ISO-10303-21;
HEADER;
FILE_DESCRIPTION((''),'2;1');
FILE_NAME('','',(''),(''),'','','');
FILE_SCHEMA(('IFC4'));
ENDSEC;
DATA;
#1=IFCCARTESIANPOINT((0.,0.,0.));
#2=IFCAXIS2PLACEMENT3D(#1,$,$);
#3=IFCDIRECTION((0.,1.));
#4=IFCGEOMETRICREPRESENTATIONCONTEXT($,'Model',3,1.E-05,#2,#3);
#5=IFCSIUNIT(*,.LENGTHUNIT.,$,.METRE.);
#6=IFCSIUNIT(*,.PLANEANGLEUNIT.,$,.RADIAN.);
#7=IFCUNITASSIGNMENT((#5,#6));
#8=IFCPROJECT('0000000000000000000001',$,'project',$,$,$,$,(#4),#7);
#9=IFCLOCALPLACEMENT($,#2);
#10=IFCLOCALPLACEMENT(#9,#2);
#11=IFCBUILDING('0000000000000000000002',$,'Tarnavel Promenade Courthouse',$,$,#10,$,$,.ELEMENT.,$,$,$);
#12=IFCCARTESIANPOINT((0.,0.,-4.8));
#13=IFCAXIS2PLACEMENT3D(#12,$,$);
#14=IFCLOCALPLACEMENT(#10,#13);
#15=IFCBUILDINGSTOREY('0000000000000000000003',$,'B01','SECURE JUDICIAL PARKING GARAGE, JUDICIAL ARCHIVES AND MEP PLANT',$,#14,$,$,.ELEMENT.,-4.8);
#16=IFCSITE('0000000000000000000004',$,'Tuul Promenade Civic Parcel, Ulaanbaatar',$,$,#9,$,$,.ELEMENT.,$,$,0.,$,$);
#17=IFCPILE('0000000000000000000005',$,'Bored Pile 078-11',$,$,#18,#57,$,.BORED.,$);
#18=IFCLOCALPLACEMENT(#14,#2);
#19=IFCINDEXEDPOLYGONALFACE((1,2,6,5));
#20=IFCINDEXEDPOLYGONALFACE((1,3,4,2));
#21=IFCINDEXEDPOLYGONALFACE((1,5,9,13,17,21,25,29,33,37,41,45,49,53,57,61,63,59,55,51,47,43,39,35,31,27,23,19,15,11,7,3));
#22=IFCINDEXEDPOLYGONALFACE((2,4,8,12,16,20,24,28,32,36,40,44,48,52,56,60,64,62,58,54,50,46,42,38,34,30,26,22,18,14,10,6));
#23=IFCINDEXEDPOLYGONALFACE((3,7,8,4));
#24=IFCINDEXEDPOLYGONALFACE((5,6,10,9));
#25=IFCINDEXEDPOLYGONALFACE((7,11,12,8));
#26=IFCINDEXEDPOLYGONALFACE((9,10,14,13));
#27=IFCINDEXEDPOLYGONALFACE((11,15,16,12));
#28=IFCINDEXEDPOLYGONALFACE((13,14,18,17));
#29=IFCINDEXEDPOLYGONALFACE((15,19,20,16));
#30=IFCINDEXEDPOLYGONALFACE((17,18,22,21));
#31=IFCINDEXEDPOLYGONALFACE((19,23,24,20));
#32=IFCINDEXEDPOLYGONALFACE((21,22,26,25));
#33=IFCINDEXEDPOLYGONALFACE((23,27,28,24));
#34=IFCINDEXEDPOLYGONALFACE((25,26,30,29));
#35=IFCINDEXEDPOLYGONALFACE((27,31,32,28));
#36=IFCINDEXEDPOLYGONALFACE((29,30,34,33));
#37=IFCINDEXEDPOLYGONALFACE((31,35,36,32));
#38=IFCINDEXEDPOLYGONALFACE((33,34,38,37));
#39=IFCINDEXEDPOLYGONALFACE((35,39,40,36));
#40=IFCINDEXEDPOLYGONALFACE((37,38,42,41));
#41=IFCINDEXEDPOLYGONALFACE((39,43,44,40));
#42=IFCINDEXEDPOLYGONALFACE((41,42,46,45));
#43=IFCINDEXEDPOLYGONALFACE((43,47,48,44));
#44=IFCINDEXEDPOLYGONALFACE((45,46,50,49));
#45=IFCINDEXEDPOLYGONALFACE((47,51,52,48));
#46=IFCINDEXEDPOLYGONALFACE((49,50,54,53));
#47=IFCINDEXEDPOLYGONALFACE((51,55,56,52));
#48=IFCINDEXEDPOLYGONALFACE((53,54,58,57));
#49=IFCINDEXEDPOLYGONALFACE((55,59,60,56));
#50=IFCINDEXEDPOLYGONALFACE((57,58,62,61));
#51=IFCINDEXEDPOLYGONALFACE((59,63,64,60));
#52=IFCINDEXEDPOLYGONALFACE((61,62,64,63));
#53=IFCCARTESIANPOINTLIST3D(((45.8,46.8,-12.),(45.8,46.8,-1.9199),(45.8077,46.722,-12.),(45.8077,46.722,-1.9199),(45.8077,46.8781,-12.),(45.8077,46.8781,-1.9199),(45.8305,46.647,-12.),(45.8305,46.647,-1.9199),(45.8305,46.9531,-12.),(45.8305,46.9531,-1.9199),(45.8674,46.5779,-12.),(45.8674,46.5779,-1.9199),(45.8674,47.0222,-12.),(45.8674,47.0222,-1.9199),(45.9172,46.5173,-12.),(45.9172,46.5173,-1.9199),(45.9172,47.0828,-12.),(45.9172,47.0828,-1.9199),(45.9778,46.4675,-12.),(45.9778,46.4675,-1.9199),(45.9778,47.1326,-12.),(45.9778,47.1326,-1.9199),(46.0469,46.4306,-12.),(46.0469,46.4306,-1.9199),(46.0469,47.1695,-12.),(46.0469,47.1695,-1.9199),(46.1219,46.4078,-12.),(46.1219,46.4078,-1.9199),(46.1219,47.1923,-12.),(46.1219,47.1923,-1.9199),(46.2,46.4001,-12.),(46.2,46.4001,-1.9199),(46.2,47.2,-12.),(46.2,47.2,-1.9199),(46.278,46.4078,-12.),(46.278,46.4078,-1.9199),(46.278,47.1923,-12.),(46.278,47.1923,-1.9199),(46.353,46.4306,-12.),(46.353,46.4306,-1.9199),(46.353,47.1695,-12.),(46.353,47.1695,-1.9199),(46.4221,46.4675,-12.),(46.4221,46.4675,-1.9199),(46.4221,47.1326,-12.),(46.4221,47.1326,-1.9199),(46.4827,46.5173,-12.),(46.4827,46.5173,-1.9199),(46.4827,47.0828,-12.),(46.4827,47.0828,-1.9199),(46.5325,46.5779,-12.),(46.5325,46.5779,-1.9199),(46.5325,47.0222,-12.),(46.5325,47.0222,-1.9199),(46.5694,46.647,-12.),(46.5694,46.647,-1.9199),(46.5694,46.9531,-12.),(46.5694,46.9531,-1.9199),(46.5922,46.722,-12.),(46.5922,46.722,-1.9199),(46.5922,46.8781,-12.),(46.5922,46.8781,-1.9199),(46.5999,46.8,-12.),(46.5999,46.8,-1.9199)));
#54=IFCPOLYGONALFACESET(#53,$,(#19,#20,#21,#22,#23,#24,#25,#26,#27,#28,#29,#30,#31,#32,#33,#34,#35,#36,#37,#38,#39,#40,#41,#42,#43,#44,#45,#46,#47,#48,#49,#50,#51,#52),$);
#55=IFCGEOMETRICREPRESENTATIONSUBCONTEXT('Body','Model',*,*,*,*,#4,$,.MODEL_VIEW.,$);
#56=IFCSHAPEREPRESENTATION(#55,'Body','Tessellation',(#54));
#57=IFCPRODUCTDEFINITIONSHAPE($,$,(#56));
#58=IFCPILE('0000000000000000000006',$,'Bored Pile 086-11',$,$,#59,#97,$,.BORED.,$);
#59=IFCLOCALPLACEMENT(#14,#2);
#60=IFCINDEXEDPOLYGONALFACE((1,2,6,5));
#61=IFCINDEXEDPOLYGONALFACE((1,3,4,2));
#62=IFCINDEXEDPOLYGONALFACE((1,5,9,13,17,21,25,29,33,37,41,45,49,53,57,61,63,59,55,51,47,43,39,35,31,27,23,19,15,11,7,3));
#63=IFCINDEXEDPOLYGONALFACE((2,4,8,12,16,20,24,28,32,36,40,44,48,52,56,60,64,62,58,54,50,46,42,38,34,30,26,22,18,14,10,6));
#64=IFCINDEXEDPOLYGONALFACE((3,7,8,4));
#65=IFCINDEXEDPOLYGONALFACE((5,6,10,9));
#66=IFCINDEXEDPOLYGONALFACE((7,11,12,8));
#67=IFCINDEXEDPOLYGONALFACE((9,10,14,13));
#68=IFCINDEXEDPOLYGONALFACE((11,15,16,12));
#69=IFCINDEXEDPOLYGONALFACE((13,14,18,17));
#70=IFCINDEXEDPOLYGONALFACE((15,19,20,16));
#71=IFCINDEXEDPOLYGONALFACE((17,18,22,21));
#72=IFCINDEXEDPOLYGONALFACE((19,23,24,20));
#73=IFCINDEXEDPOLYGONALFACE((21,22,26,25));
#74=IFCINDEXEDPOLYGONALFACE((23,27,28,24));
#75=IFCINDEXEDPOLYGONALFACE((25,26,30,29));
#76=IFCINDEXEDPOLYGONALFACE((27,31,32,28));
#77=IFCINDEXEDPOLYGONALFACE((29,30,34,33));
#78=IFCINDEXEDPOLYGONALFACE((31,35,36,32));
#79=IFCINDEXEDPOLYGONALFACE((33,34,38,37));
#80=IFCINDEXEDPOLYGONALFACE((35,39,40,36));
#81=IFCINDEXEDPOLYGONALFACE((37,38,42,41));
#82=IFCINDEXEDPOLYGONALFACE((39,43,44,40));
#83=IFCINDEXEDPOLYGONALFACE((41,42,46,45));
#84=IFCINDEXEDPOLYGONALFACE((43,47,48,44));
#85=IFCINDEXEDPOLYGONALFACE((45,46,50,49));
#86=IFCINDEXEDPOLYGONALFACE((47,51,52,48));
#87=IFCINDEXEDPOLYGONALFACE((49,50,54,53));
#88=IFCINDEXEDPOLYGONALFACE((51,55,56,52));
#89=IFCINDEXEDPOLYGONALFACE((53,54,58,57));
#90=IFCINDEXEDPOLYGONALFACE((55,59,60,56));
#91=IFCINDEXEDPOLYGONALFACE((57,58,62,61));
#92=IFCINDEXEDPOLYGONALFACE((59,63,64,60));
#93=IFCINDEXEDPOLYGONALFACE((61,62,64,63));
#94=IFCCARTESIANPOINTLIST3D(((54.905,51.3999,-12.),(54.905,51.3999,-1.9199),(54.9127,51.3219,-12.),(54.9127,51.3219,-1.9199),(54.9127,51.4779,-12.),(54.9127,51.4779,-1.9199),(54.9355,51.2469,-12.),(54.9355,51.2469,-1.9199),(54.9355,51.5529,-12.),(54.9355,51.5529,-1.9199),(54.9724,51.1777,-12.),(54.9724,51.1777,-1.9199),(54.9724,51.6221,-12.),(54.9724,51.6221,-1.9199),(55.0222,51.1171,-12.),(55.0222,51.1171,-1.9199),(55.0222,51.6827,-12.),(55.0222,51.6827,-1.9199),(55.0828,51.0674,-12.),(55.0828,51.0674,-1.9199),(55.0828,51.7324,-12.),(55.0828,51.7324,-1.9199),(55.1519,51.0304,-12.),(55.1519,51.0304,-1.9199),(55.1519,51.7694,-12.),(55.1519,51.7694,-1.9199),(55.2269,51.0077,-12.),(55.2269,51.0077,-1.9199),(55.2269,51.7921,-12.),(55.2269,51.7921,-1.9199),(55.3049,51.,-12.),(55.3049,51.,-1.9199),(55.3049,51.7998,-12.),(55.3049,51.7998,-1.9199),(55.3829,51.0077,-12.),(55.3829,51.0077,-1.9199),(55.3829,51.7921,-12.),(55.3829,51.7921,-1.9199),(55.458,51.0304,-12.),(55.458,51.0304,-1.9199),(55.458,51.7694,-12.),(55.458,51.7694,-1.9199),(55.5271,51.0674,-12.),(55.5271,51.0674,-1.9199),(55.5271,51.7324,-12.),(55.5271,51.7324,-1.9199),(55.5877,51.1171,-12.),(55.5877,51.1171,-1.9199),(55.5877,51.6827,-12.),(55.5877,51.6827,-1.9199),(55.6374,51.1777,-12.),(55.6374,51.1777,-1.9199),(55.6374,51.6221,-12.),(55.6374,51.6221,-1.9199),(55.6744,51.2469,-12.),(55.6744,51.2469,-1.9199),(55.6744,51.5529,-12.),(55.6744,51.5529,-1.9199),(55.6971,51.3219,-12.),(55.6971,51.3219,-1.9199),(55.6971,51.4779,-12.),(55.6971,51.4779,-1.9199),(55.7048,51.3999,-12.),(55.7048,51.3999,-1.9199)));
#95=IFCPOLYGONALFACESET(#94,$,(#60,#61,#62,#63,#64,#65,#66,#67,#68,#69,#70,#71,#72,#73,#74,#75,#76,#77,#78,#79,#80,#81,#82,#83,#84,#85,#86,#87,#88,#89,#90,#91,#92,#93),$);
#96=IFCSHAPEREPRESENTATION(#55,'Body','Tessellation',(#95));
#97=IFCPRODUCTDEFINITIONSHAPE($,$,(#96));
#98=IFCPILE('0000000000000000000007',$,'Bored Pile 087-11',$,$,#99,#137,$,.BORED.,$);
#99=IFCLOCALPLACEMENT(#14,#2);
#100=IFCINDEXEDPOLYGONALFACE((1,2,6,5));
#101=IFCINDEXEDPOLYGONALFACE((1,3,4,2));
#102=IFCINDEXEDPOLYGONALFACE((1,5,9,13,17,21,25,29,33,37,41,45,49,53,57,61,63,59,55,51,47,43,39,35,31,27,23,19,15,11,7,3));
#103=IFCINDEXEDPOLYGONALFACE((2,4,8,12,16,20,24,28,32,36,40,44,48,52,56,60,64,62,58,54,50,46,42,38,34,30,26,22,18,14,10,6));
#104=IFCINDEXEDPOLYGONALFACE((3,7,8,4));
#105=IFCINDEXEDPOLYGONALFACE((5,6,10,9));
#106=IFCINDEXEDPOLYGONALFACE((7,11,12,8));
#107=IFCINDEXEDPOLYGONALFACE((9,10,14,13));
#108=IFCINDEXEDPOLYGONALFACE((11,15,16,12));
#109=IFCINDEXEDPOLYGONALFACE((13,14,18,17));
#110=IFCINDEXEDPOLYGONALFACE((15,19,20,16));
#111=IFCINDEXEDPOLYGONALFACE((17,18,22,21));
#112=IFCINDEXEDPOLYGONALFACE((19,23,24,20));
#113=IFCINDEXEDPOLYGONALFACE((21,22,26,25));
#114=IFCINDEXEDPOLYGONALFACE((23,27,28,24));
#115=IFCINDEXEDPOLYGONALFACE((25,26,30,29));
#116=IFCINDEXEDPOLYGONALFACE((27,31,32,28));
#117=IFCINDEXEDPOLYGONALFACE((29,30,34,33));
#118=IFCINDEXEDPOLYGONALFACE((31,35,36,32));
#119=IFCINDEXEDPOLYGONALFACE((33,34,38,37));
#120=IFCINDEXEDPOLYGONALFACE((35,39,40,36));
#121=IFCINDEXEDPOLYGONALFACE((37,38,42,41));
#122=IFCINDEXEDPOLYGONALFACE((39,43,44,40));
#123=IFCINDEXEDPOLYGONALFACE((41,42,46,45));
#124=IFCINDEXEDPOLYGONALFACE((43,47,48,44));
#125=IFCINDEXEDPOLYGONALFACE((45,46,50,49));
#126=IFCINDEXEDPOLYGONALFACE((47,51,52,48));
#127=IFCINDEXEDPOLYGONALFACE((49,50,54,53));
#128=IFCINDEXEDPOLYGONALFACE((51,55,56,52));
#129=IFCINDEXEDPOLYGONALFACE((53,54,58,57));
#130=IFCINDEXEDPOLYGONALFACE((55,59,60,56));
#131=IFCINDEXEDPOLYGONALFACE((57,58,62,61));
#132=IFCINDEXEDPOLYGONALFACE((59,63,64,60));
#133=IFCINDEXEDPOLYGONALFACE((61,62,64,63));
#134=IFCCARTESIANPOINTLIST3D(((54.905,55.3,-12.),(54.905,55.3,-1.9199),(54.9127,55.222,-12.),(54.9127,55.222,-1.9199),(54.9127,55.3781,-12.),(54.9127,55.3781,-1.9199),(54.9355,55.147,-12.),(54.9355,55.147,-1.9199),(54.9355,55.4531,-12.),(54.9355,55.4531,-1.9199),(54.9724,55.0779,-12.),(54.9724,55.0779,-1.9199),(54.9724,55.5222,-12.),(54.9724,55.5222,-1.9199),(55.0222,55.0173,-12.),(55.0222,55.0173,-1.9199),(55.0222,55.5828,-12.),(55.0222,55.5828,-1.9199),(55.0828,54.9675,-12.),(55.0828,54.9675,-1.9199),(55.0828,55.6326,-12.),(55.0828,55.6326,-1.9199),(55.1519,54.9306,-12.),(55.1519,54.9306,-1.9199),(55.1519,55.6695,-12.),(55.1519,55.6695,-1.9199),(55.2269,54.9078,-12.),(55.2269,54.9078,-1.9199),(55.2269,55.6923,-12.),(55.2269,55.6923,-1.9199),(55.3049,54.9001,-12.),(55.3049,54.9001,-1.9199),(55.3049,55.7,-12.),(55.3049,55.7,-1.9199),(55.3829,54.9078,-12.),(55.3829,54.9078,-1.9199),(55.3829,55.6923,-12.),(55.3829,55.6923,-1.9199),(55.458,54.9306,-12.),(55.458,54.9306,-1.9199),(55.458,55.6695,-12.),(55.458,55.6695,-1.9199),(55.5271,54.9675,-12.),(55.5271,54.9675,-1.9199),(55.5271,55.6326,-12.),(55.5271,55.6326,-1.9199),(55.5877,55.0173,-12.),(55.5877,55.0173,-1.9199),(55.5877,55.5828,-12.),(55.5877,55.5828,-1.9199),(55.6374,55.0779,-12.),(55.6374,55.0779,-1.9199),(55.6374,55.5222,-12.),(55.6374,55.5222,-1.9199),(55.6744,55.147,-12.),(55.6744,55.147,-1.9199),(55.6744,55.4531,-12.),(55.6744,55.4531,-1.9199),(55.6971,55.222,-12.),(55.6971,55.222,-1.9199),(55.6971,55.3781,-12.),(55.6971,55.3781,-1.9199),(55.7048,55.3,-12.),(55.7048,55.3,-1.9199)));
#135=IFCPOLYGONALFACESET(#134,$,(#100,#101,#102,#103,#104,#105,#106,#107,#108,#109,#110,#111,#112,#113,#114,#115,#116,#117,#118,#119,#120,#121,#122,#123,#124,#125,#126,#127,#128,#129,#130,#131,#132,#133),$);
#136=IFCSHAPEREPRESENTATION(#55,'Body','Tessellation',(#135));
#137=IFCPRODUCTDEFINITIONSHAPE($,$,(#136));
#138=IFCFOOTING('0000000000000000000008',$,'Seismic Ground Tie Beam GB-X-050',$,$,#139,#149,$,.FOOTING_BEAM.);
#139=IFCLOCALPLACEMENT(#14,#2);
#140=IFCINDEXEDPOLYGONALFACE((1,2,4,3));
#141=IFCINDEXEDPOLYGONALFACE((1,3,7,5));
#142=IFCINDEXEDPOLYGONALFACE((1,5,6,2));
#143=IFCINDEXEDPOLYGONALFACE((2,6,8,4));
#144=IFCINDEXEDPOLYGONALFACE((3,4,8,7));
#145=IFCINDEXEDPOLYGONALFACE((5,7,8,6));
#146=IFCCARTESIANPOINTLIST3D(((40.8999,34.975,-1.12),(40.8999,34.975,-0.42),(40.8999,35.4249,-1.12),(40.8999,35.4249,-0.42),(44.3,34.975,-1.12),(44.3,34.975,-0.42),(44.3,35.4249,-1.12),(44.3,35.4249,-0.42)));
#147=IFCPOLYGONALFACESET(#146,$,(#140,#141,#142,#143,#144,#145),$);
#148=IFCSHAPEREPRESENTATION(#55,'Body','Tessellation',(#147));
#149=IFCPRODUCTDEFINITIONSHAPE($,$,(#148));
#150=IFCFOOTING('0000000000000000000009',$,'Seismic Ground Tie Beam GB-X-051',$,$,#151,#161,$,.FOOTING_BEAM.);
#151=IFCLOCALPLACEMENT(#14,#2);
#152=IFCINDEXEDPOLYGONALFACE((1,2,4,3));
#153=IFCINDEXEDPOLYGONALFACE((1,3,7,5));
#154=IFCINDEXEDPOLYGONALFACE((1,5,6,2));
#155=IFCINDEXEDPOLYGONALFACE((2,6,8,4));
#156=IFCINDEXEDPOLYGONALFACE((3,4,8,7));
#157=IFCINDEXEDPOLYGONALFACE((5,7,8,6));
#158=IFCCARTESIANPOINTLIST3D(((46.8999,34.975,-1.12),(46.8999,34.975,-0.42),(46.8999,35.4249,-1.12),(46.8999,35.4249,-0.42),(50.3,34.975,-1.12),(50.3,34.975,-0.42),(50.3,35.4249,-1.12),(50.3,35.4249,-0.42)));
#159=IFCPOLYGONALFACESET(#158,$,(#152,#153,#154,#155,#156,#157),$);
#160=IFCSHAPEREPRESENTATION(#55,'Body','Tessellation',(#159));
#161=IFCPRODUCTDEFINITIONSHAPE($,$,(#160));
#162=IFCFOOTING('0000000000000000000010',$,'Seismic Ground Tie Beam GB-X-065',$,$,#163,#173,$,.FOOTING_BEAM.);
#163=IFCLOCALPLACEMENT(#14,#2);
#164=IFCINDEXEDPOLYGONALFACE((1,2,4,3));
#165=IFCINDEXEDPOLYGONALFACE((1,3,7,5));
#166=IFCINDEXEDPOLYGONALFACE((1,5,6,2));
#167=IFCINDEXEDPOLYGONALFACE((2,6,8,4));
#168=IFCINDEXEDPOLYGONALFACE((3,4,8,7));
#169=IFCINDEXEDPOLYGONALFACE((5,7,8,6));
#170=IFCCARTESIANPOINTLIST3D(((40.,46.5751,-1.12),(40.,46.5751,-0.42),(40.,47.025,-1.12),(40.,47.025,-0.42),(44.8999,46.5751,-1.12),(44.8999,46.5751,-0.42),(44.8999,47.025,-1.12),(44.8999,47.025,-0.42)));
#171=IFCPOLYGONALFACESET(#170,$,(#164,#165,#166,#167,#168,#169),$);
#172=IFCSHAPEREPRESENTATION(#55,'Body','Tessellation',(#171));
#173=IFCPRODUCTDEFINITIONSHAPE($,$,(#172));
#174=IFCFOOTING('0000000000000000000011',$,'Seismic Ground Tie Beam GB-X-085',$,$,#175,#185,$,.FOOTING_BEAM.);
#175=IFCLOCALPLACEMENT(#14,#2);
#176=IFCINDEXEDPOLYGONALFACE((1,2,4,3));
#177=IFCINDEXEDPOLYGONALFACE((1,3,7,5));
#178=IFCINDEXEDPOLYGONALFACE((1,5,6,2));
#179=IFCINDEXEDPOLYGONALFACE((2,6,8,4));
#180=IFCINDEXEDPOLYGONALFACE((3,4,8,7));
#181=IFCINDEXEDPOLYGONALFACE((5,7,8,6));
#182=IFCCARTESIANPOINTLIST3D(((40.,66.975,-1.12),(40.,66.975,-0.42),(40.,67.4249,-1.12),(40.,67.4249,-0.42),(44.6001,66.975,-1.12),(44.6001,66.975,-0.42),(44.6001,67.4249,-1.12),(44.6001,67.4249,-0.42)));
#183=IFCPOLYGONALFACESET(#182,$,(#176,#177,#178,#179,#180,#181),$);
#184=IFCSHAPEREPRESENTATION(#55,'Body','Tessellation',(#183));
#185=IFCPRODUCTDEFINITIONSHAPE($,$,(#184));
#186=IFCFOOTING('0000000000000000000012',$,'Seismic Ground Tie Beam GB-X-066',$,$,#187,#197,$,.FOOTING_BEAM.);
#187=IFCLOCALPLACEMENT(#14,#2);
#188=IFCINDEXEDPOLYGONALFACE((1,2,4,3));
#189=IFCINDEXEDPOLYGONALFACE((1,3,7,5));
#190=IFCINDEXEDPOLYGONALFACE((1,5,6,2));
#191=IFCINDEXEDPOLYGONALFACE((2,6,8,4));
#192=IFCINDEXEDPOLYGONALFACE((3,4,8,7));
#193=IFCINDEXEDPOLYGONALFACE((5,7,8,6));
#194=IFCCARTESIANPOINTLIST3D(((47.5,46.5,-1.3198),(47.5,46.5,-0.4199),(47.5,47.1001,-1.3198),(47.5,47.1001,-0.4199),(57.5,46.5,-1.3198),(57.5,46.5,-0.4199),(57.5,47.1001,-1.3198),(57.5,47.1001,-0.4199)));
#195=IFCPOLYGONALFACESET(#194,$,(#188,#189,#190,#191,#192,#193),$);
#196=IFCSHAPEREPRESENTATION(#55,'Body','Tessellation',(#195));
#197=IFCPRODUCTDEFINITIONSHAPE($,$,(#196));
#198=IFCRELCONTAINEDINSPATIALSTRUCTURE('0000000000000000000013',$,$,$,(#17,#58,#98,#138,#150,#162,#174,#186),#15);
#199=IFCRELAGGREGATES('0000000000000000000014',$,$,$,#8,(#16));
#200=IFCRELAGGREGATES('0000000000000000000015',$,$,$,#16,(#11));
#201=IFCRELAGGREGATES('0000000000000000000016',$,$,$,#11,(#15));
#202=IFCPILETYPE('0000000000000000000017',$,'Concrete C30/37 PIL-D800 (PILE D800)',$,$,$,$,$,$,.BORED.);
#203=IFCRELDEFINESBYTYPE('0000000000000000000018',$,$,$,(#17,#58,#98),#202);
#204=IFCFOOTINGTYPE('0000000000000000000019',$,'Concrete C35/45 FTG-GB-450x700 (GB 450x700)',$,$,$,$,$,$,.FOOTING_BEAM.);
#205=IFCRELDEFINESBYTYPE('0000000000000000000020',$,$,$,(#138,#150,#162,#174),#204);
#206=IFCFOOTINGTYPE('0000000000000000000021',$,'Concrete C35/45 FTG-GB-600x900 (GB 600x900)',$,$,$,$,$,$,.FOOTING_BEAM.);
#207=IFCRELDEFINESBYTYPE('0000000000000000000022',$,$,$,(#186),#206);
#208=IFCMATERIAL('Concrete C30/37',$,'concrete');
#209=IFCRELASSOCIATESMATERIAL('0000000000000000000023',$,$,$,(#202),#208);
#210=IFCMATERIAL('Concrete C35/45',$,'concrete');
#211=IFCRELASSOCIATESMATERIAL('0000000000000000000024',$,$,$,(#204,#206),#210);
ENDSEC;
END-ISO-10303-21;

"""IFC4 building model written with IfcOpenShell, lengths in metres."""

from ifc_helpers import new_model, si_unit, direction, frame, origin, origin_2d, place, context, subcontext, project, spatial, rectangle, circle, extrude, material, material_profile, profile_set, type_object, element, save


model = new_model("IFC4")

# Units and contexts
model_context = context("Model", 3, precision=1e-05, world=origin(), true_north=direction((0.0, 1.0)))
body_context = subcontext(model_context, "Body", "Model", "MODEL_VIEW")
ifc_project = project(units=[si_unit("LENGTHUNIT", "METRE"), si_unit("PLANEANGLEUNIT", "RADIAN")], contexts=[model_context])

# Site, building, storey
site_placement = place(None, origin())
site = spatial("IfcSite", under=ifc_project, at=site_placement, Name="Tuul Promenade Civic Parcel, Ulaanbaatar", CompositionType="ELEMENT", RefElevation=0.0)
building_placement = place(site_placement, origin())
building = spatial("IfcBuilding", under=site, at=building_placement, Name="Tarnavel Promenade Courthouse", CompositionType="ELEMENT")
storey_placement = place(building_placement, frame((0.0, 0.0, -4.8)))
storey = spatial("IfcBuildingStorey", under=building, at=storey_placement, Name="B01", Description="SECURE JUDICIAL PARKING GARAGE, JUDICIAL ARCHIVES AND MEP PLANT", CompositionType="ELEMENT", Elevation=-4.8)

# Piles
ifc_material_1 = material(Name="Concrete C30/37", Category="concrete")
ifc_material_profile_1 = material_profile(ifc_material_1, circle(Radius=0.3999, at=origin_2d()), Name="PILE D800")
ifc_profile_set_1 = profile_set([ifc_material_profile_1], Name="Concrete C30/37")
pile_type_1 = type_object("IfcPileType", Name="Concrete C30/37 PIL-D800 (PILE D800)", PredefinedType="BORED", material=ifc_profile_set_1)
for number, where, z_axis, x_axis, name in (
    (1, (46.2, 46.8, -1.9199), (0.0, 0.0, -1.0), (1.0, 0.0, 0.0), "Bored Pile 078-11"),
    (2, (55.3049, 51.3999, -1.9199), (0.0, 0.0, -1.0), (1.0, 0.0, 0.0), "Bored Pile 086-11"),
    (3, (55.3049, 55.3, -1.9199), (0.0, 0.0, -1.0), (1.0, 0.0, 0.0), "Bored Pile 087-11"),
):
    element("IfcPile", number, at=place(storey_placement, frame(where, z_axis=z_axis, x_axis=x_axis)), inside=storey, type_object=pile_type_1, Name=name, PredefinedType="BORED", context=body_context, shape_type="SweptSolid", body=[
        extrude(circle(Radius=0.3999, at=origin_2d()), origin(), (0.0, 0.0, 1.0), 10.0801),
    ])

# Footings
ifc_material_2 = material(Name="Concrete C35/45", Category="concrete")
ifc_material_profile_2 = material_profile(ifc_material_2, rectangle(XDim=0.45, YDim=0.7, at=origin_2d()), Name="GB 450x700")
ifc_profile_set_2 = profile_set([ifc_material_profile_2], Name="Concrete C35/45")
footing_type_1 = type_object("IfcFootingType", Name="Concrete C35/45 FTG-GB-450x700 (GB 450x700)", PredefinedType="FOOTING_BEAM", material=ifc_profile_set_2)
for number, where, z_axis, x_axis, name in (
    (4, (40.8999, 35.2, -0.77), (1.0, 0.0, 0.0), (0.0, 1.0, 0.0), "Seismic Ground Tie Beam GB-X-050"),
    (5, (46.8999, 35.2, -0.77), (1.0, 0.0, 0.0), (0.0, 1.0, 0.0), "Seismic Ground Tie Beam GB-X-051"),
):
    element("IfcFooting", number, at=place(storey_placement, frame(where, z_axis=z_axis, x_axis=x_axis)), inside=storey, type_object=footing_type_1, Name=name, PredefinedType="FOOTING_BEAM", context=body_context, shape_type="SweptSolid", body=[
        extrude(rectangle(XDim=0.45, YDim=0.7, at=origin_2d()), origin(), (0.0, 0.0, 1.0), 3.4001),
    ])
footing_1_placement = place(storey_placement, frame((40.0, 46.8, -0.77), z_axis=(1.0, 0.0, 0.0), x_axis=(0.0, 1.0, 0.0)))
element("IfcFooting", 6, at=footing_1_placement, inside=storey, type_object=footing_type_1, Name="Seismic Ground Tie Beam GB-X-065", PredefinedType="FOOTING_BEAM", context=body_context, shape_type="SweptSolid", body=[
    extrude(rectangle(XDim=0.45, YDim=0.7, at=origin_2d()), origin(), (0.0, 0.0, 1.0), 4.8999),
])
footing_2_placement = place(storey_placement, frame((40.0, 67.2, -0.77), z_axis=(1.0, 0.0, 0.0), x_axis=(0.0, 1.0, 0.0)))
element("IfcFooting", 7, at=footing_2_placement, inside=storey, type_object=footing_type_1, Name="Seismic Ground Tie Beam GB-X-085", PredefinedType="FOOTING_BEAM", context=body_context, shape_type="SweptSolid", body=[
    extrude(rectangle(XDim=0.45, YDim=0.7, at=origin_2d()), origin(), (0.0, 0.0, 1.0), 4.6001),
])
ifc_material_profile_3 = material_profile(ifc_material_2, rectangle(XDim=0.6001, YDim=0.8999, at=origin_2d()), Name="GB 600x900")
ifc_profile_set_3 = profile_set([ifc_material_profile_3], Name="Concrete C35/45")
footing_type_2 = type_object("IfcFootingType", Name="Concrete C35/45 FTG-GB-600x900 (GB 600x900)", PredefinedType="FOOTING_BEAM", material=ifc_profile_set_3)
footing_3_placement = place(storey_placement, frame((47.5, 46.8, -0.8699), z_axis=(1.0, 0.0, 0.0), x_axis=(0.0, 1.0, 0.0)))
element("IfcFooting", 8, at=footing_3_placement, inside=storey, type_object=footing_type_2, Name="Seismic Ground Tie Beam GB-X-066", PredefinedType="FOOTING_BEAM", context=body_context, shape_type="SweptSolid", body=[
    extrude(rectangle(XDim=0.6001, YDim=0.8999, at=origin_2d()), origin(), (0.0, 0.0, 1.0), 10.0),
])

save(model, "model.ifc")
